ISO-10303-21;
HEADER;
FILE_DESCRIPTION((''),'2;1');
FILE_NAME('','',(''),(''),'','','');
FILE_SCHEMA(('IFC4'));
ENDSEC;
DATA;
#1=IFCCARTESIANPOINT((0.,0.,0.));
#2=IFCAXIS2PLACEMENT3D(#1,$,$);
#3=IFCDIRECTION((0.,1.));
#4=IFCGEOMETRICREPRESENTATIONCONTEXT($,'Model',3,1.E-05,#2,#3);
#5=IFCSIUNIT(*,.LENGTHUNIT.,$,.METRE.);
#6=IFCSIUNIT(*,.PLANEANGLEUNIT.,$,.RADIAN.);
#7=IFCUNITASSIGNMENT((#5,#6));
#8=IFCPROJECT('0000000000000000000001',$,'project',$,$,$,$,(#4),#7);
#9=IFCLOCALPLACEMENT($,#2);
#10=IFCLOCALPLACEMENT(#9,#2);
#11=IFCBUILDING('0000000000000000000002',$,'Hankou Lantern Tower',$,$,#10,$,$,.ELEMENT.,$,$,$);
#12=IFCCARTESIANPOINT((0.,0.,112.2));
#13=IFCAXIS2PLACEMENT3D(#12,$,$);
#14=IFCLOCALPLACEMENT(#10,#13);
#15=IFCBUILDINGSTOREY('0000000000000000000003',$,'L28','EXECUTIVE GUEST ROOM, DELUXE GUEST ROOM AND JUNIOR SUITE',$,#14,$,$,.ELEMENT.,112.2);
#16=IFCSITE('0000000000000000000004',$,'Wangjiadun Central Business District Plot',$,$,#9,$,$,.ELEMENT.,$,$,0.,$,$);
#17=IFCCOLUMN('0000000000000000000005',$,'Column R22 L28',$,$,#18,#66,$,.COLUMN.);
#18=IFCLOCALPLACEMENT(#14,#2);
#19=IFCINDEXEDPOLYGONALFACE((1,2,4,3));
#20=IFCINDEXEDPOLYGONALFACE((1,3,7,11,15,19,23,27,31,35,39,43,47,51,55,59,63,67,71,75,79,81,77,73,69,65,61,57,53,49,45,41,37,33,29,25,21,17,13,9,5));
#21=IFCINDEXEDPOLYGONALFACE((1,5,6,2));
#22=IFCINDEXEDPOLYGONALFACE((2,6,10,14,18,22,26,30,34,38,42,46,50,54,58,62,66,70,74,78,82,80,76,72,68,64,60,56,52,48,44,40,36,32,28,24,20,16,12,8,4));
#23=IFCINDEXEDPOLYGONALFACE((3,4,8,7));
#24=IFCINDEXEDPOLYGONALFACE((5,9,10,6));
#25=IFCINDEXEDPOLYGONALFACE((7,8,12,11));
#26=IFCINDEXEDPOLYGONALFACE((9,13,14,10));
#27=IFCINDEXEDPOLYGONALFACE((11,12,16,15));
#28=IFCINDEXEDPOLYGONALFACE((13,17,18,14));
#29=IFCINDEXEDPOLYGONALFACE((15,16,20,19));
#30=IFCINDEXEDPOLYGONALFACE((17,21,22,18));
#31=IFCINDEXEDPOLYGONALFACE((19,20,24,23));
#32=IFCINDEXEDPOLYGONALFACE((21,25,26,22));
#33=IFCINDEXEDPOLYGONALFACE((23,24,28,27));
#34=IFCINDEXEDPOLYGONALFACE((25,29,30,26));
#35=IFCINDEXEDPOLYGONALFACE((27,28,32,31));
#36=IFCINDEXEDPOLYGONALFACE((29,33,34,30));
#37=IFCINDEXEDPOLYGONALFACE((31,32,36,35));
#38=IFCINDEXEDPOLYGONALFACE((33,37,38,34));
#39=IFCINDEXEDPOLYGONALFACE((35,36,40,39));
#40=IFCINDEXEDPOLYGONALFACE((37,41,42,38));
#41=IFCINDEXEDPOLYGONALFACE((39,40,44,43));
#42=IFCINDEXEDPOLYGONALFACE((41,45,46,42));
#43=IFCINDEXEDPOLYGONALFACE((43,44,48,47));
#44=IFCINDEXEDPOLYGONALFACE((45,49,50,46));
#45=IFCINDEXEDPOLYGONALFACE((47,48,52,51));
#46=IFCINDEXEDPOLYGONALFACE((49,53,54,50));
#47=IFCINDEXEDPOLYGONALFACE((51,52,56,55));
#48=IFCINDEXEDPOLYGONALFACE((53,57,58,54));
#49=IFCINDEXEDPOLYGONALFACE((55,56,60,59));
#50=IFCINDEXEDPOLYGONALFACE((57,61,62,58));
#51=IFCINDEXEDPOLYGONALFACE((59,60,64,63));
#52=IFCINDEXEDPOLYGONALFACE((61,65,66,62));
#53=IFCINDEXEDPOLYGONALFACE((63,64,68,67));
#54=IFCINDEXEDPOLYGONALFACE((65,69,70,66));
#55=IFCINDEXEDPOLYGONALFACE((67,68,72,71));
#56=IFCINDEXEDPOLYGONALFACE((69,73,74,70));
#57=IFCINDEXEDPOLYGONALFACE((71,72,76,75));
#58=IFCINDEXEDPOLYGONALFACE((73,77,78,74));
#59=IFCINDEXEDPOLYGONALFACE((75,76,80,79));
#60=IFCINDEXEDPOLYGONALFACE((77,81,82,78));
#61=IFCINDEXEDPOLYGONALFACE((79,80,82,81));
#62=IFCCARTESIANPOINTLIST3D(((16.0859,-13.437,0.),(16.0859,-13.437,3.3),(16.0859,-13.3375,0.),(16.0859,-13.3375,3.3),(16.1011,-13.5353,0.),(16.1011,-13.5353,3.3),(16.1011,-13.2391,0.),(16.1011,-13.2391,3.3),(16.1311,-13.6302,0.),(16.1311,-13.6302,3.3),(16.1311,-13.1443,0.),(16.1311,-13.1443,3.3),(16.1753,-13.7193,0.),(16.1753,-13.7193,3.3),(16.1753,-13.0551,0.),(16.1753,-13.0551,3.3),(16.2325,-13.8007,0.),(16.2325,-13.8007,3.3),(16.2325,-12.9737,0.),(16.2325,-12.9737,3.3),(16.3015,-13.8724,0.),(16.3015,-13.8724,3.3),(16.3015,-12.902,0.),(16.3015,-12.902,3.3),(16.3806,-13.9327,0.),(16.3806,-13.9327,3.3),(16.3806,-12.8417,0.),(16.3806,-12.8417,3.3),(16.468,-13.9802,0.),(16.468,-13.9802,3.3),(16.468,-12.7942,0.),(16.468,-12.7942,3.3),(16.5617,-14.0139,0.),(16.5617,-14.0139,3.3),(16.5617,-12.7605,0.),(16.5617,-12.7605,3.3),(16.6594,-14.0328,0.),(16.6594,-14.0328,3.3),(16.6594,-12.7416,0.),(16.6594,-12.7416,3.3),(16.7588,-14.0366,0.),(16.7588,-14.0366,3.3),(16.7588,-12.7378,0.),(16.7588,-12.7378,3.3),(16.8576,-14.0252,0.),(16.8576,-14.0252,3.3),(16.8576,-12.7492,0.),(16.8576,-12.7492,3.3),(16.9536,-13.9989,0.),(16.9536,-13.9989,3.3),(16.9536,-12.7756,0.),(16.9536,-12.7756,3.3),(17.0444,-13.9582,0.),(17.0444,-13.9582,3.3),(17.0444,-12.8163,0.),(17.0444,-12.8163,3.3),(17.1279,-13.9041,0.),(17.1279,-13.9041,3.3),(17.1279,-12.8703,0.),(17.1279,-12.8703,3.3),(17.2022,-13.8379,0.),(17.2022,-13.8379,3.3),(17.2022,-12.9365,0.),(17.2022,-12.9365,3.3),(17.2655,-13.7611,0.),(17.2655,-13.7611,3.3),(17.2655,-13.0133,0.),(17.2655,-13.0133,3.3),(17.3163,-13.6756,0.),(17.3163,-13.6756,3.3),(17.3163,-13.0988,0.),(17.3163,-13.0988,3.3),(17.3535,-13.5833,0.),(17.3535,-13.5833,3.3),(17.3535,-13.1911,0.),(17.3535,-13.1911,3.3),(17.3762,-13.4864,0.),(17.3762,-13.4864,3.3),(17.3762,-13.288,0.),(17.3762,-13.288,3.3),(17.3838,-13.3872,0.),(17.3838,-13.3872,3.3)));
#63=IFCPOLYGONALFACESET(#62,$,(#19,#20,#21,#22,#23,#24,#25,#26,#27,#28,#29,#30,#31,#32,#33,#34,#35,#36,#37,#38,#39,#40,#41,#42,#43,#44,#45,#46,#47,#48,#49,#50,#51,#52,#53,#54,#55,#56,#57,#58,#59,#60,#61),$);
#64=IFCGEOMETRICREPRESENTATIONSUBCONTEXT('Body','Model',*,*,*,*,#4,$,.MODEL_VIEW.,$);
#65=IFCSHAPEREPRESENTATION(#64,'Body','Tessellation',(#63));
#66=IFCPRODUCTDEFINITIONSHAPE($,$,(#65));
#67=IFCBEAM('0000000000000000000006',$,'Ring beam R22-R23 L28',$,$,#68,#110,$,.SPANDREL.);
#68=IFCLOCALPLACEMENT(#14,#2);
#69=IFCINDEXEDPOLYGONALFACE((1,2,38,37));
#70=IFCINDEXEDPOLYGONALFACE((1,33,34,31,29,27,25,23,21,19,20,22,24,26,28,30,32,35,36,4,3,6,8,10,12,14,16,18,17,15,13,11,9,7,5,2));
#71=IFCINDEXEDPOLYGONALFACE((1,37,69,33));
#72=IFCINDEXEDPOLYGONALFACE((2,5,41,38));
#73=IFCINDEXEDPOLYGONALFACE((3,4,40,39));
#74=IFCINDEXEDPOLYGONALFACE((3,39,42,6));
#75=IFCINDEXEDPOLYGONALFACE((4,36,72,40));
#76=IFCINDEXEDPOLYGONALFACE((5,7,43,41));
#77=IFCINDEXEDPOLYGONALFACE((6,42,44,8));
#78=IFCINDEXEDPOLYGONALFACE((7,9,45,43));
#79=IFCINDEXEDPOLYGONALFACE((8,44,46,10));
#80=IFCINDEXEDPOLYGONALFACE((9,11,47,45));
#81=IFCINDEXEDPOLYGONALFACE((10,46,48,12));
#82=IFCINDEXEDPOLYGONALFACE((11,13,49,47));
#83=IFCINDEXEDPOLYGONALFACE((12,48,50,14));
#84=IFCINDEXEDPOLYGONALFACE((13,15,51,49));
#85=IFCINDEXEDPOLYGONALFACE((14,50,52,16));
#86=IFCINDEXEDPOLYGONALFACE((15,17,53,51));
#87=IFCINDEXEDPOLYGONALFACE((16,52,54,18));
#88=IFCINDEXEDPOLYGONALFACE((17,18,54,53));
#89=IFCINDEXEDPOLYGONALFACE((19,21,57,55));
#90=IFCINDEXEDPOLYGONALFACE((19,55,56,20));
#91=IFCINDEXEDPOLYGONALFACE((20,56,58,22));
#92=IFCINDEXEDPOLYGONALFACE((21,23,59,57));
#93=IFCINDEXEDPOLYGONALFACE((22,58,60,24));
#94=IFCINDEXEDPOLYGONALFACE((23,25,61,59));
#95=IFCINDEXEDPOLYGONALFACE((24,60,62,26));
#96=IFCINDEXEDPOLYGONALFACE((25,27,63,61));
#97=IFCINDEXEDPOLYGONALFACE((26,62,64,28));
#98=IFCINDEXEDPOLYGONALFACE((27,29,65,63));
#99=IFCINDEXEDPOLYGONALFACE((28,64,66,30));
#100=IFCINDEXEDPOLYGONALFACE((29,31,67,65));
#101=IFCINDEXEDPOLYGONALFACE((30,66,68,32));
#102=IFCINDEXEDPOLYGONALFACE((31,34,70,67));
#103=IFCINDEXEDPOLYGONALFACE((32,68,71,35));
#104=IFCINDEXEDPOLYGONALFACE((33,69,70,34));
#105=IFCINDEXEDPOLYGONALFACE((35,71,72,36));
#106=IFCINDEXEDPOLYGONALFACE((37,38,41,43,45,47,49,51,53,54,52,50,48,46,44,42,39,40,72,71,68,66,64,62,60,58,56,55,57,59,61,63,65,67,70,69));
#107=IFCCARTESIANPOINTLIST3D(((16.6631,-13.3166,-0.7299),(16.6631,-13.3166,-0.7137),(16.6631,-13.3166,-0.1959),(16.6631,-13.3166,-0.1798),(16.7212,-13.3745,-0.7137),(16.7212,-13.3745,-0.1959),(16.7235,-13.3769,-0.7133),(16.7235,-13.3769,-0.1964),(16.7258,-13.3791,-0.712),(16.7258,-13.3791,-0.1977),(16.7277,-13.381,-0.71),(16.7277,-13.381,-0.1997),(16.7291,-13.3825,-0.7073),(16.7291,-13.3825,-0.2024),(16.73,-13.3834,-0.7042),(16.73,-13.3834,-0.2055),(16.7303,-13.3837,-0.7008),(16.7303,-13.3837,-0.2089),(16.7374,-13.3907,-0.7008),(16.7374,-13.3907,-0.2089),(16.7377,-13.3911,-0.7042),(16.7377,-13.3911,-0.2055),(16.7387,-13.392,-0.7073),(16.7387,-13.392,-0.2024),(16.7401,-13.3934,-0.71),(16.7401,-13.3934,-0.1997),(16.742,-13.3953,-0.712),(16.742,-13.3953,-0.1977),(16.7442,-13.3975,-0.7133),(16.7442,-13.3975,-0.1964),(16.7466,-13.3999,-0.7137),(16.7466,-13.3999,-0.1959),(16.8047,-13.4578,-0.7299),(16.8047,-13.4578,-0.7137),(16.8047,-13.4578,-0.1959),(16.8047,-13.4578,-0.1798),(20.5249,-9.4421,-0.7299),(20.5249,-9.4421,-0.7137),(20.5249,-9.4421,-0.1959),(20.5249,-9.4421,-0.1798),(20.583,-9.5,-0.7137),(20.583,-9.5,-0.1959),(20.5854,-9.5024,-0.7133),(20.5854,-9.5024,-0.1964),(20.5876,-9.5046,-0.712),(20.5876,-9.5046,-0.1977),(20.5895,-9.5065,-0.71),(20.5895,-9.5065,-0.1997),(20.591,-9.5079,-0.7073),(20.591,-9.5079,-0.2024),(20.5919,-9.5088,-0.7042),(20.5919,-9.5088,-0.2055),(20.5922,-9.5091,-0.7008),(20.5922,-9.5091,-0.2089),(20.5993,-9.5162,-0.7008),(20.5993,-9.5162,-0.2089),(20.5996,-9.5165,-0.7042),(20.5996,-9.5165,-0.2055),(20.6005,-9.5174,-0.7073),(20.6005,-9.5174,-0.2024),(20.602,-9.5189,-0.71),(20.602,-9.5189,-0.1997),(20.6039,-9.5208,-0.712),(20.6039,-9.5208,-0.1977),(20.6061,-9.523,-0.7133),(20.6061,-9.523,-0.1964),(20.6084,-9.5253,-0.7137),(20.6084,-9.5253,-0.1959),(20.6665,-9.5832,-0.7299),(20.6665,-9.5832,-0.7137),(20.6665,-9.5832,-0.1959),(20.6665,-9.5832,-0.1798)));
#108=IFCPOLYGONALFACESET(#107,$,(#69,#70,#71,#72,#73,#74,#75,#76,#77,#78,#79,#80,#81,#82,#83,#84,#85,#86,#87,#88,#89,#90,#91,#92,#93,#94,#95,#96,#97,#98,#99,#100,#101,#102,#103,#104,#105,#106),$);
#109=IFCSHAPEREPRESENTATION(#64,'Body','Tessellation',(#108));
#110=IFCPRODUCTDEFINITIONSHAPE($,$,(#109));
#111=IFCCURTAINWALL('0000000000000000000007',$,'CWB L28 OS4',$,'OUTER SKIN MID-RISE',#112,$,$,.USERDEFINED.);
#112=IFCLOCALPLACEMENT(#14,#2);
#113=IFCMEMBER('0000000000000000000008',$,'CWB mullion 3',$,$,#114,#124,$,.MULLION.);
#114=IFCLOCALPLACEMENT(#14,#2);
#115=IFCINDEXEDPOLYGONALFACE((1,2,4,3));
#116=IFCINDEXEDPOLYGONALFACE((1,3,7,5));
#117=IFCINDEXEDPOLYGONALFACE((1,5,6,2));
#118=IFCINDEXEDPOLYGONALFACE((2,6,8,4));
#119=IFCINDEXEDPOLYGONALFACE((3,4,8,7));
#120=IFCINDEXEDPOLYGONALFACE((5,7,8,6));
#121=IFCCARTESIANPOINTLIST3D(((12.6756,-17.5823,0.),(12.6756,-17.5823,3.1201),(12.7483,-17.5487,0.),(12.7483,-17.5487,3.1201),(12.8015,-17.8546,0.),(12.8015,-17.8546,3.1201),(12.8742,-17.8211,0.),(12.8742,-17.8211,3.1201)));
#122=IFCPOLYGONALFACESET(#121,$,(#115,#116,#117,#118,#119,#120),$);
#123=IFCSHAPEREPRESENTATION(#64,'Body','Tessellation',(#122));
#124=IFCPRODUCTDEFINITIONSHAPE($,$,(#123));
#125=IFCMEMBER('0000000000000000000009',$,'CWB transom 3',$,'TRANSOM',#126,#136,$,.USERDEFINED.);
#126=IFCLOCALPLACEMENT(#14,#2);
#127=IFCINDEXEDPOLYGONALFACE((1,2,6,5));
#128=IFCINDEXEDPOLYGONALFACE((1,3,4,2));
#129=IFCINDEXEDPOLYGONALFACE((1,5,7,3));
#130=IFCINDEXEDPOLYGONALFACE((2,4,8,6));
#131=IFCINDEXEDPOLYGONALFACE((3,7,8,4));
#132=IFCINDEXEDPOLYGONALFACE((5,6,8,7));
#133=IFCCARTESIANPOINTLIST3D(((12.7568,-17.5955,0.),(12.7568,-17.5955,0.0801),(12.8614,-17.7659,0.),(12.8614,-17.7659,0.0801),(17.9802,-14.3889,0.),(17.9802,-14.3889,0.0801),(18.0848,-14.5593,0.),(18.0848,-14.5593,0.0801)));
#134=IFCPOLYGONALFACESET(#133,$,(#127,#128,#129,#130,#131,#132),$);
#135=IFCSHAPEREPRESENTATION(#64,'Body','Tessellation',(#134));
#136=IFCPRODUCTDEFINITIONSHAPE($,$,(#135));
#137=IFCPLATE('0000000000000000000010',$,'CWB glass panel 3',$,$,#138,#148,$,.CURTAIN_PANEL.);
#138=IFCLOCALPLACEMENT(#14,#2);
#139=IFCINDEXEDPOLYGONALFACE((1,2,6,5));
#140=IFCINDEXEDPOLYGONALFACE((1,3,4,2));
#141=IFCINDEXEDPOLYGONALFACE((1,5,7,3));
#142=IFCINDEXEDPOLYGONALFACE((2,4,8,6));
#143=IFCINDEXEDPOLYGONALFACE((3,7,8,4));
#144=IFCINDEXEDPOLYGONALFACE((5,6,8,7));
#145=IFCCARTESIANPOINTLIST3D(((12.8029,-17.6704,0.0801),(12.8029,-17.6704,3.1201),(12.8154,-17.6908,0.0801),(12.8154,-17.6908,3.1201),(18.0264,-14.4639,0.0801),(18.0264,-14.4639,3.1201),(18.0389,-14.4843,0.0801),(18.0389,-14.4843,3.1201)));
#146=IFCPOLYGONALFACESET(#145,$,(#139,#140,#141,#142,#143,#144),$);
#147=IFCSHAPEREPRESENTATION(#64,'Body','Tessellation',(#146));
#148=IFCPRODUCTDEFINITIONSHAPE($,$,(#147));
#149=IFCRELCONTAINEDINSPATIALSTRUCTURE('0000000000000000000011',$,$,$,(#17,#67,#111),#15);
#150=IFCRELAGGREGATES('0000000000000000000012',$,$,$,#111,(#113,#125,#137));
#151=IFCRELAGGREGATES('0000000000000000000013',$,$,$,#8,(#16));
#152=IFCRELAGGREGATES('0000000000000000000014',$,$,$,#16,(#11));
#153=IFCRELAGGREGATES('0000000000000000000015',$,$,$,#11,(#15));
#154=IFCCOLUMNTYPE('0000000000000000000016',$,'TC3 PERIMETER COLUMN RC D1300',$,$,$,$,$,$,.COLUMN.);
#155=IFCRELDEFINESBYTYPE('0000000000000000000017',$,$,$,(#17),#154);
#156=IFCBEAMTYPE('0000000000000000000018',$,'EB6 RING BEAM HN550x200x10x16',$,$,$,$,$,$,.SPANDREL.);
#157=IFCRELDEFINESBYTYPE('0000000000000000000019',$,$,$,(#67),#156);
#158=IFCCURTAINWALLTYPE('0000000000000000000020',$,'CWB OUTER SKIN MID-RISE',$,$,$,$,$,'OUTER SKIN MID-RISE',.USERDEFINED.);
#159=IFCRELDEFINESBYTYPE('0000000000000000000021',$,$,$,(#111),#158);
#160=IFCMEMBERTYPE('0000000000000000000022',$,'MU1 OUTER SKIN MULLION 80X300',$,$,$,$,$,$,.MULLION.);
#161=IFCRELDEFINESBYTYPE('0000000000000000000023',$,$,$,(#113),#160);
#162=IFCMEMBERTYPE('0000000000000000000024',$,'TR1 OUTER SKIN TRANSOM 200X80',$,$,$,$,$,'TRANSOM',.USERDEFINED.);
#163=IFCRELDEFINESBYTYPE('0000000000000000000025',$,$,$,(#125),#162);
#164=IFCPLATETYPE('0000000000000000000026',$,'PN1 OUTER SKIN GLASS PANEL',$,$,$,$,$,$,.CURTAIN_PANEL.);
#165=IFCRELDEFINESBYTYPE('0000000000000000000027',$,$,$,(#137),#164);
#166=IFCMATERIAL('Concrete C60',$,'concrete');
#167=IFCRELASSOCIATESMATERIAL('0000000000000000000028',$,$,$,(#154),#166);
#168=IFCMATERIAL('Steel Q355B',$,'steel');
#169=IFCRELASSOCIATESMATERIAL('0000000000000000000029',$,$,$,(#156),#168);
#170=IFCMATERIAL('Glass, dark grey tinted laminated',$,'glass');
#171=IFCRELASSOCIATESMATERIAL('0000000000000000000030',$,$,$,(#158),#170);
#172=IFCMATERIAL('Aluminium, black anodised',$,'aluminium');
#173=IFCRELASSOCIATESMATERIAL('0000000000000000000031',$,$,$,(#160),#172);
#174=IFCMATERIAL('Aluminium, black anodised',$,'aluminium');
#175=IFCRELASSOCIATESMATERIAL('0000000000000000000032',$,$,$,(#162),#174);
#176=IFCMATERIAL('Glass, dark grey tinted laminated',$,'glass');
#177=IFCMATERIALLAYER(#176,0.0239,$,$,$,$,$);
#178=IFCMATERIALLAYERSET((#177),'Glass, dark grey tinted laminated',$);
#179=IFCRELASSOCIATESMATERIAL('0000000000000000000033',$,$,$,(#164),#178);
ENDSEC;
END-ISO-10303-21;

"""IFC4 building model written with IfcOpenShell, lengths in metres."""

from ifc_helpers import new_model, si_unit, direction, frame, origin, origin_2d, place, context, subcontext, project, spatial, rectangle, circle, i_section, extrude, material, layer, layer_set, material_profile, profile_set, type_object, element, aggregate, save


model = new_model("IFC4")

# Units and contexts
model_context = context("Model", 3, precision=1e-05, world=origin(), true_north=direction((0.0, 1.0)))
body_context = subcontext(model_context, "Body", "Model", "MODEL_VIEW")
ifc_project = project(units=[si_unit("LENGTHUNIT", "METRE"), si_unit("PLANEANGLEUNIT", "RADIAN")], contexts=[model_context])

# Site, building, storey
site_placement = place(None, origin())
site = spatial("IfcSite", under=ifc_project, at=site_placement, Name="Wangjiadun Central Business District Plot", CompositionType="ELEMENT", RefElevation=0.0)
building_placement = place(site_placement, origin())
building = spatial("IfcBuilding", under=site, at=building_placement, Name="Hankou Lantern Tower", CompositionType="ELEMENT")
storey_placement = place(building_placement, frame((0.0, 0.0, 112.2)))
storey = spatial("IfcBuildingStorey", under=building, at=storey_placement, Name="L28", Description="EXECUTIVE GUEST ROOM, DELUXE GUEST ROOM AND JUNIOR SUITE", CompositionType="ELEMENT", Elevation=112.2)

# Column
ifc_material_1 = material(Name="Concrete C60", Category="concrete")
ifc_material_profile_1 = material_profile(ifc_material_1, circle(Radius=0.6499, at=origin_2d()), Name="RC D1300")
ifc_profile_set_1 = profile_set([ifc_material_profile_1], Name="Concrete C60")
column_type = type_object("IfcColumnType", Name="TC3 PERIMETER COLUMN RC D1300", PredefinedType="COLUMN", material=ifc_profile_set_1)
column_placement = place(storey_placement, frame((16.7339, -13.3872, 0.0), z_axis=(0.0, 0.0, 1.0), x_axis=(1.0, 0.0, 0.0)))
element("IfcColumn", 1, at=column_placement, inside=storey, type_object=column_type, Name="Column R22 L28", PredefinedType="COLUMN", context=body_context, shape_type="SweptSolid", body=[
    extrude(circle(Radius=0.6499, at=origin_2d()), origin(), (0.0, 0.0, 1.0), 3.3),
])

# Beam
ifc_material_2 = material(Name="Steel Q355B", Category="steel")
ifc_material_profile_2 = material_profile(ifc_material_2, i_section(OverallWidth=0.2, OverallDepth=0.55, WebThickness=0.01, FlangeThickness=0.0161, FilletRadius=0.0129, at=origin_2d()), Name="HN550x200x10x16")
ifc_profile_set_2 = profile_set([ifc_material_profile_2], Name="Steel Q355B")
beam_type = type_object("IfcBeamType", Name="EB6 RING BEAM HN550x200x10x16", PredefinedType="SPANDREL", material=ifc_profile_set_2)
beam_placement = place(storey_placement, frame((16.7339, -13.3872, -0.4548), z_axis=(0.705945, 0.708266, 0.0), x_axis=(-0.708266, 0.705945, 0.0)))
element("IfcBeam", 2, at=beam_placement, inside=storey, type_object=beam_type, Name="Ring beam R22-R23 L28", PredefinedType="SPANDREL", context=body_context, shape_type="SweptSolid", body=[
    extrude(i_section(OverallWidth=0.2, OverallDepth=0.55, WebThickness=0.01, FlangeThickness=0.0161, FilletRadius=0.0129, at=origin_2d()), origin(), (0.0, 0.0, 1.0), 5.4705),
])

# Curtain wall, members, plate
ifc_material_3 = material(Name="Glass, dark grey tinted laminated", Category="glass")
curtain_wall_type = type_object("IfcCurtainWallType", Name="CWB OUTER SKIN MID-RISE", ElementType="OUTER SKIN MID-RISE", PredefinedType="USERDEFINED", material=ifc_material_3)
curtain_wall_placement = place(storey_placement, origin())
curtain_wall = element("IfcCurtainWall", 3, at=curtain_wall_placement, inside=storey, type_object=curtain_wall_type, Name="CWB L28 OS4", ObjectType="OUTER SKIN MID-RISE", PredefinedType="USERDEFINED")
ifc_material_4 = material(Name="Aluminium, black anodised", Category="aluminium")
ifc_material_profile_3 = material_profile(ifc_material_4, rectangle(XDim=0.0801, YDim=0.3, at=origin_2d()), Name="MU1 80X300")
ifc_profile_set_3 = profile_set([ifc_material_profile_3], Name="Aluminium, black anodised")
member_type_1 = type_object("IfcMemberType", Name="MU1 OUTER SKIN MULLION 80X300", PredefinedType="MULLION", material=ifc_profile_set_3)
member_1_placement = place(storey_placement, frame((12.7749, -17.7017, 0.0), z_axis=(0.0, 0.0, 1.0), x_axis=(0.907841, 0.419314, 0.0)))
member_1 = element("IfcMember", 4, at=member_1_placement, type_object=member_type_1, Name="CWB mullion 3", PredefinedType="MULLION", context=body_context, shape_type="SweptSolid", body=[
    extrude(rectangle(XDim=0.0801, YDim=0.3, at=origin_2d()), origin(), (0.0, 0.0, 1.0), 3.1201),
])
ifc_material_5 = material(Name="Aluminium, black anodised", Category="aluminium")
ifc_material_profile_4 = material_profile(ifc_material_5, rectangle(XDim=0.2, YDim=0.0801, at=origin_2d()), Name="TR1 200X80")
ifc_profile_set_4 = profile_set([ifc_material_profile_4], Name="Aluminium, black anodised")
member_type_2 = type_object("IfcMemberType", Name="TR1 OUTER SKIN TRANSOM 200X80", ElementType="TRANSOM", PredefinedType="USERDEFINED", material=ifc_profile_set_4)
member_2_placement = place(storey_placement, frame((12.8091, -17.6807, 0.04), z_axis=(0.852229, 0.523168, 0.0), x_axis=(-0.523168, 0.852229, 0.0)))
member_2 = element("IfcMember", 5, at=member_2_placement, type_object=member_type_2, Name="CWB transom 3", ObjectType="TRANSOM", PredefinedType="USERDEFINED", context=body_context, shape_type="SweptSolid", body=[
    extrude(rectangle(XDim=0.2, YDim=0.0801, at=origin_2d()), origin(), (0.0, 0.0, 1.0), 6.1292),
])
ifc_material_6 = material(Name="Glass, dark grey tinted laminated", Category="glass")
ifc_layer_1 = layer(ifc_material_6, 0.0239)
ifc_layer_set_1 = layer_set([ifc_layer_1], Name="Glass, dark grey tinted laminated")
plate_type = type_object("IfcPlateType", Name="PN1 OUTER SKIN GLASS PANEL", PredefinedType="CURTAIN_PANEL", material=ifc_layer_set_1)
plate_placement = place(storey_placement, frame((15.4209, -16.0774, 0.0801), z_axis=(0.0, 0.0, 1.0), x_axis=(0.852237, 0.523156, 0.0)))
plate = element("IfcPlate", 6, at=plate_placement, type_object=plate_type, Name="CWB glass panel 3", PredefinedType="CURTAIN_PANEL", context=body_context, shape_type="SweptSolid", body=[
    extrude(rectangle(XDim=6.1292, YDim=0.0239, at=origin_2d()), origin(), (0.0, 0.0, 1.0), 3.04),
])
aggregate(curtain_wall, [member_1, member_2, plate])

save(model, "model.ifc")
